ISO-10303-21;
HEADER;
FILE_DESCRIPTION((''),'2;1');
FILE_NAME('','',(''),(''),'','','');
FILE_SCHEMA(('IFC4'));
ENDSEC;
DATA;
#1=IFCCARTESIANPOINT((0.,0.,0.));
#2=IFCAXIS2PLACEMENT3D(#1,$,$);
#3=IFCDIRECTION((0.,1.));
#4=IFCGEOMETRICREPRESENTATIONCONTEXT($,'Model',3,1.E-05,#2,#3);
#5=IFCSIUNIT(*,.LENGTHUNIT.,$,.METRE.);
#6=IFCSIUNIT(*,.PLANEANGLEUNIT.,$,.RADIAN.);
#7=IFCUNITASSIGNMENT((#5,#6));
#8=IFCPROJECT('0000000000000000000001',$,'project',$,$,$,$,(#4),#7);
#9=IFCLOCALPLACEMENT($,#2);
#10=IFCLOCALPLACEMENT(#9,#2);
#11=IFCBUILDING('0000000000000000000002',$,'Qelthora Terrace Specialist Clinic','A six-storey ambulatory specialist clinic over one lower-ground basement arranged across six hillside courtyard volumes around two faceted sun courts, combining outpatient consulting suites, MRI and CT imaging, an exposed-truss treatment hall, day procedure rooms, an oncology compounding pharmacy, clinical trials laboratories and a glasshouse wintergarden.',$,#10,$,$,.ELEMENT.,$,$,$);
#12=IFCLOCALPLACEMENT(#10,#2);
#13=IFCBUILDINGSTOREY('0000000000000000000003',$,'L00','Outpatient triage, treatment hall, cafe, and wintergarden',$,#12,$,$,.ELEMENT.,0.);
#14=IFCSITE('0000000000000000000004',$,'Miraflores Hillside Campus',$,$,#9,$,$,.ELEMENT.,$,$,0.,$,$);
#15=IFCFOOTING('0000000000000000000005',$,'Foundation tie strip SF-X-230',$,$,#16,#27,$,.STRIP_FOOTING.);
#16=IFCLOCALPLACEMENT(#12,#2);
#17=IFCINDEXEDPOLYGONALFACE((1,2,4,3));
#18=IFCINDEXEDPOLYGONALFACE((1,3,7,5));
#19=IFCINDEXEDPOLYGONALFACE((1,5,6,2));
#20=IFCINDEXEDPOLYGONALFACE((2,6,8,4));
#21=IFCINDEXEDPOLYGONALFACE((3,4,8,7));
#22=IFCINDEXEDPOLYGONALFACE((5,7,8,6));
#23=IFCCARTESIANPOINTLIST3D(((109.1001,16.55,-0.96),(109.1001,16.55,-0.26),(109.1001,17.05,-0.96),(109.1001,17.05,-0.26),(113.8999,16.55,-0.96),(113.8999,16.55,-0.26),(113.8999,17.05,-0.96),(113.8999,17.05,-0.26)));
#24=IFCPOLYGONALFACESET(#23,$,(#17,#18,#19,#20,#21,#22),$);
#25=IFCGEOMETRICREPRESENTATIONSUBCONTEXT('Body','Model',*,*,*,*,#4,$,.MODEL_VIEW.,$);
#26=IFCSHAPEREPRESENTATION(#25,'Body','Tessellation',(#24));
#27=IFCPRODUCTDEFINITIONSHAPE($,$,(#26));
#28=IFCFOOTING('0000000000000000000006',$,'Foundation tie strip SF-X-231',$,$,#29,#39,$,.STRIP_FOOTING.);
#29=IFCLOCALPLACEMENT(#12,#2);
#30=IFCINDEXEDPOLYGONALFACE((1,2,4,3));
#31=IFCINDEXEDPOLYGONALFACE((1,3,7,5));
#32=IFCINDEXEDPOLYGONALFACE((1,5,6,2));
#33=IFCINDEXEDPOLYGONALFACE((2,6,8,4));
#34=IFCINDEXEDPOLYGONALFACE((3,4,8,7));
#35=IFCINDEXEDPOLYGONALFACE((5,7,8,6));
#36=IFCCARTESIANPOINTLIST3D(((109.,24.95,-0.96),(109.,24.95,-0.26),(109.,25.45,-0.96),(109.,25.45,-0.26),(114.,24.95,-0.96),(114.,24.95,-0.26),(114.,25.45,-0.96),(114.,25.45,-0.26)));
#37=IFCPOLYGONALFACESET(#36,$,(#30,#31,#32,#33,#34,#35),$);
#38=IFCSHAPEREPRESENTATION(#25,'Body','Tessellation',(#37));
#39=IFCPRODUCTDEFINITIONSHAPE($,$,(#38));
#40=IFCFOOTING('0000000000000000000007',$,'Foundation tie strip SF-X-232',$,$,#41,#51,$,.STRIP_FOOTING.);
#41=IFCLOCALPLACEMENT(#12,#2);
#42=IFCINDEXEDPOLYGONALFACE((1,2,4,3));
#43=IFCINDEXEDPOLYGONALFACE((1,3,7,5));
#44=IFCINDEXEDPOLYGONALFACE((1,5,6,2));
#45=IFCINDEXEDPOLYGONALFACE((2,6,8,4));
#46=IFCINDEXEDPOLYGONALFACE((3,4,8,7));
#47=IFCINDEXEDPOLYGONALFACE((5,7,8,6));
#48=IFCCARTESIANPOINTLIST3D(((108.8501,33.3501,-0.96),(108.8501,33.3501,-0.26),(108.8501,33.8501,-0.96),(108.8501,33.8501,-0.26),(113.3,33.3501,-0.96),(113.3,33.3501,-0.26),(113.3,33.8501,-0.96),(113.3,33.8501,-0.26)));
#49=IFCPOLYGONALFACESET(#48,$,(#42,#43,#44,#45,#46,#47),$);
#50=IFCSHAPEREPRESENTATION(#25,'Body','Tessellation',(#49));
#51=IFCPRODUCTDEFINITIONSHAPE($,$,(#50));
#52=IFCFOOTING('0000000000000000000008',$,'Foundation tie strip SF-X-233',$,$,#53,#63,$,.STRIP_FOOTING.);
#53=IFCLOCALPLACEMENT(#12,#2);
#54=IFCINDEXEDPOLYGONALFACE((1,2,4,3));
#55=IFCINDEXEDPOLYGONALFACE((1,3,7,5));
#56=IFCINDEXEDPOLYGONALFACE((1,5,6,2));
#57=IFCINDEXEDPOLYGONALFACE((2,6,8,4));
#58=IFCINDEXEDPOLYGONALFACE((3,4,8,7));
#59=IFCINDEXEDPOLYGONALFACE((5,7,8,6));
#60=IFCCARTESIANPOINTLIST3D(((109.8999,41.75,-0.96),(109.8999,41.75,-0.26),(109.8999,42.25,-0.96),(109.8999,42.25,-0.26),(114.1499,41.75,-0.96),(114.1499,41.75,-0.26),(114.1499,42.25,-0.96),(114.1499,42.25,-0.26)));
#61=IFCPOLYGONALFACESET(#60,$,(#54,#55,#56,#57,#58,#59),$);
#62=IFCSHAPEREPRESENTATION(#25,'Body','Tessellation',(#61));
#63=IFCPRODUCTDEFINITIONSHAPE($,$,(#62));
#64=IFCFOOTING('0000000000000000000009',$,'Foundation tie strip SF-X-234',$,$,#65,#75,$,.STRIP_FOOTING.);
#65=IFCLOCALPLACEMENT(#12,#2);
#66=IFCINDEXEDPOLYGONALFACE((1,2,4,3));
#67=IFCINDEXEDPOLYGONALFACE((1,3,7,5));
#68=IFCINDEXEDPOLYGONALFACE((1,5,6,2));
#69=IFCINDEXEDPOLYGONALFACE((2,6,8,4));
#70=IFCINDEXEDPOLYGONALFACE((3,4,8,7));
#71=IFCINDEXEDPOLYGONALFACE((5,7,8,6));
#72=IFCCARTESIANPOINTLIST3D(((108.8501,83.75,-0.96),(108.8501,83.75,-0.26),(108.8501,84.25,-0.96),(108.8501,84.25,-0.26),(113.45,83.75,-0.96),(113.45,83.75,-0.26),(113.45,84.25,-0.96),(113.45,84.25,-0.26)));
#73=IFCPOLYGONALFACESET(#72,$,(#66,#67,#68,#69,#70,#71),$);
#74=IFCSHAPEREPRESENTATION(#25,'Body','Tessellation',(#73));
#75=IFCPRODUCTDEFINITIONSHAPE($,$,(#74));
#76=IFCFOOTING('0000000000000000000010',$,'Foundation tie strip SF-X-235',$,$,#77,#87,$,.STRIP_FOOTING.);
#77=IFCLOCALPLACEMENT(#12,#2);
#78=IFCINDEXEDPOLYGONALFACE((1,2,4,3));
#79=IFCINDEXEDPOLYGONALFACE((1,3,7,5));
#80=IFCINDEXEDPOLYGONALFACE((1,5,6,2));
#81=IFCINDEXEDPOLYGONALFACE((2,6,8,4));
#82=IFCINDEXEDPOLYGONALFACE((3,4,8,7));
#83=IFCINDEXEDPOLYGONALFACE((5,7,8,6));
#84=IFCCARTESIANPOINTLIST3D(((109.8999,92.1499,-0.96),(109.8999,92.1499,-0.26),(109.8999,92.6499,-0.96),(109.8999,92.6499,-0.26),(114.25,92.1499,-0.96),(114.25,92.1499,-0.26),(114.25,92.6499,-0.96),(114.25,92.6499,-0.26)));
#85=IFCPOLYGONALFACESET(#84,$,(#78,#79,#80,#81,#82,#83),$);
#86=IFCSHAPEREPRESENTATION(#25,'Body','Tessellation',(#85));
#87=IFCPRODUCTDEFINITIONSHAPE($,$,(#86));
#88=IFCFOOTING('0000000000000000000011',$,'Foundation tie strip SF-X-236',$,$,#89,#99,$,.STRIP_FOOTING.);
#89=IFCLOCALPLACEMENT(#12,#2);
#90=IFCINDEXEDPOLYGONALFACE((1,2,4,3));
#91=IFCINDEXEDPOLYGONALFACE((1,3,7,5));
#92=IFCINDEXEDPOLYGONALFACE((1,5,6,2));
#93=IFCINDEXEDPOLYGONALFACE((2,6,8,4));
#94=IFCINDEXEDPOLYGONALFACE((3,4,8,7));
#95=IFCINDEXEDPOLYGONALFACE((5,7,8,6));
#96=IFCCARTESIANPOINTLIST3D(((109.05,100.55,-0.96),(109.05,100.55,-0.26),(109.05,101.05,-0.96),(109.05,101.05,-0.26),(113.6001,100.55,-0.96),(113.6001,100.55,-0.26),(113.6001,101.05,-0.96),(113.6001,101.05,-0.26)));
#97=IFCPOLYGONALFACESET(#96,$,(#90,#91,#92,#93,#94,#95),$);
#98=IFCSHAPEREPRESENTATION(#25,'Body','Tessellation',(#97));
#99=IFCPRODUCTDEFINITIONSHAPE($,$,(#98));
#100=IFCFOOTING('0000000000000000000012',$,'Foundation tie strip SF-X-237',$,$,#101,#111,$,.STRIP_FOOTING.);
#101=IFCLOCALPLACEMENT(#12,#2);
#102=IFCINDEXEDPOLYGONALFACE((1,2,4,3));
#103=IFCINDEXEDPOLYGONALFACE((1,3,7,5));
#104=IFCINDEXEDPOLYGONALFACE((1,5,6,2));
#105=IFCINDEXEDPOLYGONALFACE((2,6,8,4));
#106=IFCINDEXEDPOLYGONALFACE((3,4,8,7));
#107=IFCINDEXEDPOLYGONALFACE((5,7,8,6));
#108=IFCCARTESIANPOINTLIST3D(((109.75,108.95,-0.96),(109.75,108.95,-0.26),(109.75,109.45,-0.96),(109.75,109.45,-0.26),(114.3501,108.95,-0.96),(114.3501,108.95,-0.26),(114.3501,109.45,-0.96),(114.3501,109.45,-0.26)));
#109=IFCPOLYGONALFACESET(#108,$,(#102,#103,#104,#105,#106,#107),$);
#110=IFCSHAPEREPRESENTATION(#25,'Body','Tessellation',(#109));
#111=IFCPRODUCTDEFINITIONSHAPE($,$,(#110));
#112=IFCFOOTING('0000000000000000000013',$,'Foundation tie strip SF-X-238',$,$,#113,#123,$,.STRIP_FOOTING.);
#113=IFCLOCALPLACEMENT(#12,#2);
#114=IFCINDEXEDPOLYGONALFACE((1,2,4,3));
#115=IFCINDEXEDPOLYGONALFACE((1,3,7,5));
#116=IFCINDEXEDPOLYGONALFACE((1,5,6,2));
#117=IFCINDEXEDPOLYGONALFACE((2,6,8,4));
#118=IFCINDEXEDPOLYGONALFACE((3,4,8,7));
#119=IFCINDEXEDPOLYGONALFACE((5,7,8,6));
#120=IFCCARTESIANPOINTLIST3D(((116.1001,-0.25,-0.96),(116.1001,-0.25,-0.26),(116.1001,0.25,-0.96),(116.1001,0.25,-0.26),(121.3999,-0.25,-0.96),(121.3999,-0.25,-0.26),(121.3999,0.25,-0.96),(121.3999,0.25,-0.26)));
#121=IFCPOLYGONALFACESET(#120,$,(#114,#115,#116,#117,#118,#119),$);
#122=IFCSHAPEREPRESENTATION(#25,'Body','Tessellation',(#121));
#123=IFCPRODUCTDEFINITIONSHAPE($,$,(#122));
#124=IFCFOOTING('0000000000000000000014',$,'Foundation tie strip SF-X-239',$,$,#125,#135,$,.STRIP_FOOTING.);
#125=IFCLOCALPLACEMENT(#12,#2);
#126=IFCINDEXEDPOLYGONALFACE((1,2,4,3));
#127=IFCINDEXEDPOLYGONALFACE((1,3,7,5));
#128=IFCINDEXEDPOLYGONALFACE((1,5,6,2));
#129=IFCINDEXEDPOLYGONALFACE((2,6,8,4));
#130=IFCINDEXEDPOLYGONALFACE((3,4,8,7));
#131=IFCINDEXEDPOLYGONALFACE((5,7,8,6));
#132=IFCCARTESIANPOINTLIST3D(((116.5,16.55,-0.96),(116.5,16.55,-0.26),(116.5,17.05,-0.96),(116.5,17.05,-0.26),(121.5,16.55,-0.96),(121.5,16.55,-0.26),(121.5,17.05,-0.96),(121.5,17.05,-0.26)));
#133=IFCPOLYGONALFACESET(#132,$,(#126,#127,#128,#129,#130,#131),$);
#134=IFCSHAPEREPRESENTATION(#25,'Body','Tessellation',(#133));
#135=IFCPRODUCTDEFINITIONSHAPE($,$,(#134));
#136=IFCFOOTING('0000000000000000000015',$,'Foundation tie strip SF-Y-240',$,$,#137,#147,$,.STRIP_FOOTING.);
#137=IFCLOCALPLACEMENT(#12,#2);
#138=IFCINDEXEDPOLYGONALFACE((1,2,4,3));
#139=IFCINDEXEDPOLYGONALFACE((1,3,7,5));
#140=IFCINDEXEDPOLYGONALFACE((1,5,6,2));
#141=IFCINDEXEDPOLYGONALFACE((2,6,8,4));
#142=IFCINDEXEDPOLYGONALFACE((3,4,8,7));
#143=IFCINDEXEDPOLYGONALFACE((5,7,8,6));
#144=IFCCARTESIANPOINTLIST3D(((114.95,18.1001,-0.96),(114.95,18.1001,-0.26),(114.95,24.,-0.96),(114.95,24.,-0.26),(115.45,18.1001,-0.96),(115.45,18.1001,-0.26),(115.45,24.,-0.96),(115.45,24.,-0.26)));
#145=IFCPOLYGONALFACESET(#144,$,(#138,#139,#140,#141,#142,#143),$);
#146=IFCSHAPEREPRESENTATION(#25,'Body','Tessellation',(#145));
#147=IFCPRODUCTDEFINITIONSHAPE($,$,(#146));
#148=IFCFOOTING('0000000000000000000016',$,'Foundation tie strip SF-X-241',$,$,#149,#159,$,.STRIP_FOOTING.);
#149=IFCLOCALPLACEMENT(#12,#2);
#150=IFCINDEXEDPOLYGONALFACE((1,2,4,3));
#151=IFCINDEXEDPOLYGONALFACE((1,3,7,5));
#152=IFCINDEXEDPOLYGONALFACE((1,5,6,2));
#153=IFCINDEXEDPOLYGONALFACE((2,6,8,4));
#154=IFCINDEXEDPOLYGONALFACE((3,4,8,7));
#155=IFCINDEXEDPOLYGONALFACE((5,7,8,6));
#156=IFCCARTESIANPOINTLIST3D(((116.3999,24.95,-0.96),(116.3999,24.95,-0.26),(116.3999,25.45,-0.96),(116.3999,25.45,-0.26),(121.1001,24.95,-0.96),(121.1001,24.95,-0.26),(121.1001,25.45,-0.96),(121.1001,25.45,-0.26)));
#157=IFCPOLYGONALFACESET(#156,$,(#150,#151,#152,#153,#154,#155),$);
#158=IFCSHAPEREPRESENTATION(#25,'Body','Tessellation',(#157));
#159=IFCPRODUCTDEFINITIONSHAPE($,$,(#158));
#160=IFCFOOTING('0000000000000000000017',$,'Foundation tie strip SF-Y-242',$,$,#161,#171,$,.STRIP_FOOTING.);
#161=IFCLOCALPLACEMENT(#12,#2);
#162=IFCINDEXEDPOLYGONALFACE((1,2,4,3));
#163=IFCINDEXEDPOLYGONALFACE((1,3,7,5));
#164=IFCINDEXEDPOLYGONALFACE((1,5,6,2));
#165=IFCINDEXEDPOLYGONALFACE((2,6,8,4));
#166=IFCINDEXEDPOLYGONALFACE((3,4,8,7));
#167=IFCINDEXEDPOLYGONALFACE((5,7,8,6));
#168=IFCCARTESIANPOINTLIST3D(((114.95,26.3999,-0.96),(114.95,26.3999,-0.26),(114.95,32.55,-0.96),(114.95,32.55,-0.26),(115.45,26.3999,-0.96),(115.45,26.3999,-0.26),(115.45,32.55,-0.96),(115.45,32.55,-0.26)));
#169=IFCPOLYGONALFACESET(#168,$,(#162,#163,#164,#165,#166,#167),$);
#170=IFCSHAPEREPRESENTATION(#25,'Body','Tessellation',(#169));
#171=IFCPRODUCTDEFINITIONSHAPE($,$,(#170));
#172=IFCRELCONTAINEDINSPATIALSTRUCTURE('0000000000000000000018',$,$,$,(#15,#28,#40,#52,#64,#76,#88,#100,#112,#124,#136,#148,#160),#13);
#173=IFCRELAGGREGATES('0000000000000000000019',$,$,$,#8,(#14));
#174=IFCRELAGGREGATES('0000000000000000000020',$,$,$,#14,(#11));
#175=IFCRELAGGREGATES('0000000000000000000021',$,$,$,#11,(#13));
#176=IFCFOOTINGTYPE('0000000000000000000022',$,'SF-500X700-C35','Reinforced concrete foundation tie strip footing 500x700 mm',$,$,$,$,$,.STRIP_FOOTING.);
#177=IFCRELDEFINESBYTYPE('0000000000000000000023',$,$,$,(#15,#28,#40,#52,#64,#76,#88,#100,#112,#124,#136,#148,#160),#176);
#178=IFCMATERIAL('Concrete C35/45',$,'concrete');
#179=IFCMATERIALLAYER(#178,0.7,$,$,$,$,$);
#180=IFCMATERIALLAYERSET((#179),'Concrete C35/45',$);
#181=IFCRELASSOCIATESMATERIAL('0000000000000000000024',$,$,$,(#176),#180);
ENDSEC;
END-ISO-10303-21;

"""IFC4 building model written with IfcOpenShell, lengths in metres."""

from ifc_helpers import new_model, si_unit, direction, frame, origin, place, context, subcontext, project, spatial, polyline, outline, extrude, material, layer, layer_set, type_object, element, save


model = new_model("IFC4")

# Units and contexts
model_context = context("Model", 3, precision=1e-05, world=origin(), true_north=direction((0.0, 1.0)))
body_context = subcontext(model_context, "Body", "Model", "MODEL_VIEW")
ifc_project = project(units=[si_unit("LENGTHUNIT", "METRE"), si_unit("PLANEANGLEUNIT", "RADIAN")], contexts=[model_context])

# Site, building, storey
site_placement = place(None, origin())
site = spatial("IfcSite", under=ifc_project, at=site_placement, Name="Miraflores Hillside Campus", CompositionType="ELEMENT", RefElevation=0.0)
building_placement = place(site_placement, origin())
building = spatial("IfcBuilding", under=site, at=building_placement, Name="Qelthora Terrace Specialist Clinic", Description="A six-storey ambulatory specialist clinic over one lower-ground basement arranged across six hillside courtyard volumes around two faceted sun courts, combining outpatient consulting suites, MRI and CT imaging, an exposed-truss treatment hall, day procedure rooms, an oncology compounding pharmacy, clinical trials laboratories and a glasshouse wintergarden.", CompositionType="ELEMENT")
storey_placement = place(building_placement, origin())
storey = spatial("IfcBuildingStorey", under=building, at=storey_placement, Name="L00", Description="Outpatient triage, treatment hall, cafe, and wintergarden", CompositionType="ELEMENT", Elevation=0.0)

# Footings
ifc_material = material(Name="Concrete C35/45", Category="concrete")
ifc_layer = layer(ifc_material, 0.7)
ifc_layer_set = layer_set([ifc_layer], Name="Concrete C35/45")
footing_type = type_object("IfcFootingType", Name="SF-500X700-C35", Description="Reinforced concrete foundation tie strip footing 500x700 mm", PredefinedType="STRIP_FOOTING", material=ifc_layer_set)
footing_1_placement = place(storey_placement, frame((0.0, 0.0, -0.96)))
element("IfcFooting", 1, at=footing_1_placement, inside=storey, type_object=footing_type, Name="Foundation tie strip SF-X-230", PredefinedType="STRIP_FOOTING", context=body_context, shape_type="SweptSolid", body=[
    extrude(outline(polyline([(109.1001, 16.55), (113.8999, 16.55), (113.8999, 17.05), (109.1001, 17.05), (109.1001, 16.55)])), origin(), (0.0, 0.0, 1.0), 0.7),
])
footing_2_placement = place(storey_placement, frame((0.0, 0.0, -0.96)))
element("IfcFooting", 2, at=footing_2_placement, inside=storey, type_object=footing_type, Name="Foundation tie strip SF-X-231", PredefinedType="STRIP_FOOTING", context=body_context, shape_type="SweptSolid", body=[
    extrude(outline(polyline([(109.0, 24.95), (114.0, 24.95), (114.0, 25.45), (109.0, 25.45), (109.0, 24.95)])), origin(), (0.0, 0.0, 1.0), 0.7),
])
footing_3_placement = place(storey_placement, frame((0.0, 0.0, -0.96)))
element("IfcFooting", 3, at=footing_3_placement, inside=storey, type_object=footing_type, Name="Foundation tie strip SF-X-232", PredefinedType="STRIP_FOOTING", context=body_context, shape_type="SweptSolid", body=[
    extrude(outline(polyline([(108.8501, 33.3501), (113.3, 33.3501), (113.3, 33.8501), (108.8501, 33.8501), (108.8501, 33.3501)])), origin(), (0.0, 0.0, 1.0), 0.7),
])
footing_4_placement = place(storey_placement, frame((0.0, 0.0, -0.96)))
element("IfcFooting", 4, at=footing_4_placement, inside=storey, type_object=footing_type, Name="Foundation tie strip SF-X-233", PredefinedType="STRIP_FOOTING", context=body_context, shape_type="SweptSolid", body=[
    extrude(outline(polyline([(109.8999, 41.75), (114.1499, 41.75), (114.1499, 42.25), (109.8999, 42.25), (109.8999, 41.75)])), origin(), (0.0, 0.0, 1.0), 0.7),
])
footing_5_placement = place(storey_placement, frame((0.0, 0.0, -0.96)))
element("IfcFooting", 5, at=footing_5_placement, inside=storey, type_object=footing_type, Name="Foundation tie strip SF-X-234", PredefinedType="STRIP_FOOTING", context=body_context, shape_type="SweptSolid", body=[
    extrude(outline(polyline([(108.8501, 83.75), (113.45, 83.75), (113.45, 84.25), (108.8501, 84.25), (108.8501, 83.75)])), origin(), (0.0, 0.0, 1.0), 0.7),
])
footing_6_placement = place(storey_placement, frame((0.0, 0.0, -0.96)))
element("IfcFooting", 6, at=footing_6_placement, inside=storey, type_object=footing_type, Name="Foundation tie strip SF-X-235", PredefinedType="STRIP_FOOTING", context=body_context, shape_type="SweptSolid", body=[
    extrude(outline(polyline([(109.8999, 92.1499), (114.25, 92.1499), (114.25, 92.6499), (109.8999, 92.6499), (109.8999, 92.1499)])), origin(), (0.0, 0.0, 1.0), 0.7),
])
footing_7_placement = place(storey_placement, frame((0.0, 0.0, -0.96)))
element("IfcFooting", 7, at=footing_7_placement, inside=storey, type_object=footing_type, Name="Foundation tie strip SF-X-236", PredefinedType="STRIP_FOOTING", context=body_context, shape_type="SweptSolid", body=[
    extrude(outline(polyline([(109.05, 100.55), (113.6001, 100.55), (113.6001, 101.05), (109.05, 101.05), (109.05, 100.55)])), origin(), (0.0, 0.0, 1.0), 0.7),
])
footing_8_placement = place(storey_placement, frame((0.0, 0.0, -0.96)))
element("IfcFooting", 8, at=footing_8_placement, inside=storey, type_object=footing_type, Name="Foundation tie strip SF-X-237", PredefinedType="STRIP_FOOTING", context=body_context, shape_type="SweptSolid", body=[
    extrude(outline(polyline([(109.75, 108.95), (114.3501, 108.95), (114.3501, 109.45), (109.75, 109.45), (109.75, 108.95)])), origin(), (0.0, 0.0, 1.0), 0.7),
])
footing_9_placement = place(storey_placement, frame((0.0, 0.0, -0.96)))
element("IfcFooting", 9, at=footing_9_placement, inside=storey, type_object=footing_type, Name="Foundation tie strip SF-X-238", PredefinedType="STRIP_FOOTING", context=body_context, shape_type="SweptSolid", body=[
    extrude(outline(polyline([(116.1001, -0.25), (121.3999, -0.25), (121.3999, 0.25), (116.1001, 0.25), (116.1001, -0.25)])), origin(), (0.0, 0.0, 1.0), 0.7),
])
footing_10_placement = place(storey_placement, frame((0.0, 0.0, -0.96)))
element("IfcFooting", 10, at=footing_10_placement, inside=storey, type_object=footing_type, Name="Foundation tie strip SF-X-239", PredefinedType="STRIP_FOOTING", context=body_context, shape_type="SweptSolid", body=[
    extrude(outline(polyline([(116.5, 16.55), (121.5, 16.55), (121.5, 17.05), (116.5, 17.05), (116.5, 16.55)])), origin(), (0.0, 0.0, 1.0), 0.7),
])
footing_11_placement = place(storey_placement, frame((0.0, 0.0, -0.96)))
element("IfcFooting", 11, at=footing_11_placement, inside=storey, type_object=footing_type, Name="Foundation tie strip SF-Y-240", PredefinedType="STRIP_FOOTING", context=body_context, shape_type="SweptSolid", body=[
    extrude(outline(polyline([(114.95, 18.1001), (115.45, 18.1001), (115.45, 24.0), (114.95, 24.0), (114.95, 18.1001)])), origin(), (0.0, 0.0, 1.0), 0.7),
])
footing_12_placement = place(storey_placement, frame((0.0, 0.0, -0.96)))
element("IfcFooting", 12, at=footing_12_placement, inside=storey, type_object=footing_type, Name="Foundation tie strip SF-X-241", PredefinedType="STRIP_FOOTING", context=body_context, shape_type="SweptSolid", body=[
    extrude(outline(polyline([(116.3999, 24.95), (121.1001, 24.95), (121.1001, 25.45), (116.3999, 25.45), (116.3999, 24.95)])), origin(), (0.0, 0.0, 1.0), 0.7),
])
footing_13_placement = place(storey_placement, frame((0.0, 0.0, -0.96)))
element("IfcFooting", 13, at=footing_13_placement, inside=storey, type_object=footing_type, Name="Foundation tie strip SF-Y-242", PredefinedType="STRIP_FOOTING", context=body_context, shape_type="SweptSolid", body=[
    extrude(outline(polyline([(114.95, 26.3999), (115.45, 26.3999), (115.45, 32.55), (114.95, 32.55), (114.95, 26.3999)])), origin(), (0.0, 0.0, 1.0), 0.7),
])

save(model, "model.ifc")
